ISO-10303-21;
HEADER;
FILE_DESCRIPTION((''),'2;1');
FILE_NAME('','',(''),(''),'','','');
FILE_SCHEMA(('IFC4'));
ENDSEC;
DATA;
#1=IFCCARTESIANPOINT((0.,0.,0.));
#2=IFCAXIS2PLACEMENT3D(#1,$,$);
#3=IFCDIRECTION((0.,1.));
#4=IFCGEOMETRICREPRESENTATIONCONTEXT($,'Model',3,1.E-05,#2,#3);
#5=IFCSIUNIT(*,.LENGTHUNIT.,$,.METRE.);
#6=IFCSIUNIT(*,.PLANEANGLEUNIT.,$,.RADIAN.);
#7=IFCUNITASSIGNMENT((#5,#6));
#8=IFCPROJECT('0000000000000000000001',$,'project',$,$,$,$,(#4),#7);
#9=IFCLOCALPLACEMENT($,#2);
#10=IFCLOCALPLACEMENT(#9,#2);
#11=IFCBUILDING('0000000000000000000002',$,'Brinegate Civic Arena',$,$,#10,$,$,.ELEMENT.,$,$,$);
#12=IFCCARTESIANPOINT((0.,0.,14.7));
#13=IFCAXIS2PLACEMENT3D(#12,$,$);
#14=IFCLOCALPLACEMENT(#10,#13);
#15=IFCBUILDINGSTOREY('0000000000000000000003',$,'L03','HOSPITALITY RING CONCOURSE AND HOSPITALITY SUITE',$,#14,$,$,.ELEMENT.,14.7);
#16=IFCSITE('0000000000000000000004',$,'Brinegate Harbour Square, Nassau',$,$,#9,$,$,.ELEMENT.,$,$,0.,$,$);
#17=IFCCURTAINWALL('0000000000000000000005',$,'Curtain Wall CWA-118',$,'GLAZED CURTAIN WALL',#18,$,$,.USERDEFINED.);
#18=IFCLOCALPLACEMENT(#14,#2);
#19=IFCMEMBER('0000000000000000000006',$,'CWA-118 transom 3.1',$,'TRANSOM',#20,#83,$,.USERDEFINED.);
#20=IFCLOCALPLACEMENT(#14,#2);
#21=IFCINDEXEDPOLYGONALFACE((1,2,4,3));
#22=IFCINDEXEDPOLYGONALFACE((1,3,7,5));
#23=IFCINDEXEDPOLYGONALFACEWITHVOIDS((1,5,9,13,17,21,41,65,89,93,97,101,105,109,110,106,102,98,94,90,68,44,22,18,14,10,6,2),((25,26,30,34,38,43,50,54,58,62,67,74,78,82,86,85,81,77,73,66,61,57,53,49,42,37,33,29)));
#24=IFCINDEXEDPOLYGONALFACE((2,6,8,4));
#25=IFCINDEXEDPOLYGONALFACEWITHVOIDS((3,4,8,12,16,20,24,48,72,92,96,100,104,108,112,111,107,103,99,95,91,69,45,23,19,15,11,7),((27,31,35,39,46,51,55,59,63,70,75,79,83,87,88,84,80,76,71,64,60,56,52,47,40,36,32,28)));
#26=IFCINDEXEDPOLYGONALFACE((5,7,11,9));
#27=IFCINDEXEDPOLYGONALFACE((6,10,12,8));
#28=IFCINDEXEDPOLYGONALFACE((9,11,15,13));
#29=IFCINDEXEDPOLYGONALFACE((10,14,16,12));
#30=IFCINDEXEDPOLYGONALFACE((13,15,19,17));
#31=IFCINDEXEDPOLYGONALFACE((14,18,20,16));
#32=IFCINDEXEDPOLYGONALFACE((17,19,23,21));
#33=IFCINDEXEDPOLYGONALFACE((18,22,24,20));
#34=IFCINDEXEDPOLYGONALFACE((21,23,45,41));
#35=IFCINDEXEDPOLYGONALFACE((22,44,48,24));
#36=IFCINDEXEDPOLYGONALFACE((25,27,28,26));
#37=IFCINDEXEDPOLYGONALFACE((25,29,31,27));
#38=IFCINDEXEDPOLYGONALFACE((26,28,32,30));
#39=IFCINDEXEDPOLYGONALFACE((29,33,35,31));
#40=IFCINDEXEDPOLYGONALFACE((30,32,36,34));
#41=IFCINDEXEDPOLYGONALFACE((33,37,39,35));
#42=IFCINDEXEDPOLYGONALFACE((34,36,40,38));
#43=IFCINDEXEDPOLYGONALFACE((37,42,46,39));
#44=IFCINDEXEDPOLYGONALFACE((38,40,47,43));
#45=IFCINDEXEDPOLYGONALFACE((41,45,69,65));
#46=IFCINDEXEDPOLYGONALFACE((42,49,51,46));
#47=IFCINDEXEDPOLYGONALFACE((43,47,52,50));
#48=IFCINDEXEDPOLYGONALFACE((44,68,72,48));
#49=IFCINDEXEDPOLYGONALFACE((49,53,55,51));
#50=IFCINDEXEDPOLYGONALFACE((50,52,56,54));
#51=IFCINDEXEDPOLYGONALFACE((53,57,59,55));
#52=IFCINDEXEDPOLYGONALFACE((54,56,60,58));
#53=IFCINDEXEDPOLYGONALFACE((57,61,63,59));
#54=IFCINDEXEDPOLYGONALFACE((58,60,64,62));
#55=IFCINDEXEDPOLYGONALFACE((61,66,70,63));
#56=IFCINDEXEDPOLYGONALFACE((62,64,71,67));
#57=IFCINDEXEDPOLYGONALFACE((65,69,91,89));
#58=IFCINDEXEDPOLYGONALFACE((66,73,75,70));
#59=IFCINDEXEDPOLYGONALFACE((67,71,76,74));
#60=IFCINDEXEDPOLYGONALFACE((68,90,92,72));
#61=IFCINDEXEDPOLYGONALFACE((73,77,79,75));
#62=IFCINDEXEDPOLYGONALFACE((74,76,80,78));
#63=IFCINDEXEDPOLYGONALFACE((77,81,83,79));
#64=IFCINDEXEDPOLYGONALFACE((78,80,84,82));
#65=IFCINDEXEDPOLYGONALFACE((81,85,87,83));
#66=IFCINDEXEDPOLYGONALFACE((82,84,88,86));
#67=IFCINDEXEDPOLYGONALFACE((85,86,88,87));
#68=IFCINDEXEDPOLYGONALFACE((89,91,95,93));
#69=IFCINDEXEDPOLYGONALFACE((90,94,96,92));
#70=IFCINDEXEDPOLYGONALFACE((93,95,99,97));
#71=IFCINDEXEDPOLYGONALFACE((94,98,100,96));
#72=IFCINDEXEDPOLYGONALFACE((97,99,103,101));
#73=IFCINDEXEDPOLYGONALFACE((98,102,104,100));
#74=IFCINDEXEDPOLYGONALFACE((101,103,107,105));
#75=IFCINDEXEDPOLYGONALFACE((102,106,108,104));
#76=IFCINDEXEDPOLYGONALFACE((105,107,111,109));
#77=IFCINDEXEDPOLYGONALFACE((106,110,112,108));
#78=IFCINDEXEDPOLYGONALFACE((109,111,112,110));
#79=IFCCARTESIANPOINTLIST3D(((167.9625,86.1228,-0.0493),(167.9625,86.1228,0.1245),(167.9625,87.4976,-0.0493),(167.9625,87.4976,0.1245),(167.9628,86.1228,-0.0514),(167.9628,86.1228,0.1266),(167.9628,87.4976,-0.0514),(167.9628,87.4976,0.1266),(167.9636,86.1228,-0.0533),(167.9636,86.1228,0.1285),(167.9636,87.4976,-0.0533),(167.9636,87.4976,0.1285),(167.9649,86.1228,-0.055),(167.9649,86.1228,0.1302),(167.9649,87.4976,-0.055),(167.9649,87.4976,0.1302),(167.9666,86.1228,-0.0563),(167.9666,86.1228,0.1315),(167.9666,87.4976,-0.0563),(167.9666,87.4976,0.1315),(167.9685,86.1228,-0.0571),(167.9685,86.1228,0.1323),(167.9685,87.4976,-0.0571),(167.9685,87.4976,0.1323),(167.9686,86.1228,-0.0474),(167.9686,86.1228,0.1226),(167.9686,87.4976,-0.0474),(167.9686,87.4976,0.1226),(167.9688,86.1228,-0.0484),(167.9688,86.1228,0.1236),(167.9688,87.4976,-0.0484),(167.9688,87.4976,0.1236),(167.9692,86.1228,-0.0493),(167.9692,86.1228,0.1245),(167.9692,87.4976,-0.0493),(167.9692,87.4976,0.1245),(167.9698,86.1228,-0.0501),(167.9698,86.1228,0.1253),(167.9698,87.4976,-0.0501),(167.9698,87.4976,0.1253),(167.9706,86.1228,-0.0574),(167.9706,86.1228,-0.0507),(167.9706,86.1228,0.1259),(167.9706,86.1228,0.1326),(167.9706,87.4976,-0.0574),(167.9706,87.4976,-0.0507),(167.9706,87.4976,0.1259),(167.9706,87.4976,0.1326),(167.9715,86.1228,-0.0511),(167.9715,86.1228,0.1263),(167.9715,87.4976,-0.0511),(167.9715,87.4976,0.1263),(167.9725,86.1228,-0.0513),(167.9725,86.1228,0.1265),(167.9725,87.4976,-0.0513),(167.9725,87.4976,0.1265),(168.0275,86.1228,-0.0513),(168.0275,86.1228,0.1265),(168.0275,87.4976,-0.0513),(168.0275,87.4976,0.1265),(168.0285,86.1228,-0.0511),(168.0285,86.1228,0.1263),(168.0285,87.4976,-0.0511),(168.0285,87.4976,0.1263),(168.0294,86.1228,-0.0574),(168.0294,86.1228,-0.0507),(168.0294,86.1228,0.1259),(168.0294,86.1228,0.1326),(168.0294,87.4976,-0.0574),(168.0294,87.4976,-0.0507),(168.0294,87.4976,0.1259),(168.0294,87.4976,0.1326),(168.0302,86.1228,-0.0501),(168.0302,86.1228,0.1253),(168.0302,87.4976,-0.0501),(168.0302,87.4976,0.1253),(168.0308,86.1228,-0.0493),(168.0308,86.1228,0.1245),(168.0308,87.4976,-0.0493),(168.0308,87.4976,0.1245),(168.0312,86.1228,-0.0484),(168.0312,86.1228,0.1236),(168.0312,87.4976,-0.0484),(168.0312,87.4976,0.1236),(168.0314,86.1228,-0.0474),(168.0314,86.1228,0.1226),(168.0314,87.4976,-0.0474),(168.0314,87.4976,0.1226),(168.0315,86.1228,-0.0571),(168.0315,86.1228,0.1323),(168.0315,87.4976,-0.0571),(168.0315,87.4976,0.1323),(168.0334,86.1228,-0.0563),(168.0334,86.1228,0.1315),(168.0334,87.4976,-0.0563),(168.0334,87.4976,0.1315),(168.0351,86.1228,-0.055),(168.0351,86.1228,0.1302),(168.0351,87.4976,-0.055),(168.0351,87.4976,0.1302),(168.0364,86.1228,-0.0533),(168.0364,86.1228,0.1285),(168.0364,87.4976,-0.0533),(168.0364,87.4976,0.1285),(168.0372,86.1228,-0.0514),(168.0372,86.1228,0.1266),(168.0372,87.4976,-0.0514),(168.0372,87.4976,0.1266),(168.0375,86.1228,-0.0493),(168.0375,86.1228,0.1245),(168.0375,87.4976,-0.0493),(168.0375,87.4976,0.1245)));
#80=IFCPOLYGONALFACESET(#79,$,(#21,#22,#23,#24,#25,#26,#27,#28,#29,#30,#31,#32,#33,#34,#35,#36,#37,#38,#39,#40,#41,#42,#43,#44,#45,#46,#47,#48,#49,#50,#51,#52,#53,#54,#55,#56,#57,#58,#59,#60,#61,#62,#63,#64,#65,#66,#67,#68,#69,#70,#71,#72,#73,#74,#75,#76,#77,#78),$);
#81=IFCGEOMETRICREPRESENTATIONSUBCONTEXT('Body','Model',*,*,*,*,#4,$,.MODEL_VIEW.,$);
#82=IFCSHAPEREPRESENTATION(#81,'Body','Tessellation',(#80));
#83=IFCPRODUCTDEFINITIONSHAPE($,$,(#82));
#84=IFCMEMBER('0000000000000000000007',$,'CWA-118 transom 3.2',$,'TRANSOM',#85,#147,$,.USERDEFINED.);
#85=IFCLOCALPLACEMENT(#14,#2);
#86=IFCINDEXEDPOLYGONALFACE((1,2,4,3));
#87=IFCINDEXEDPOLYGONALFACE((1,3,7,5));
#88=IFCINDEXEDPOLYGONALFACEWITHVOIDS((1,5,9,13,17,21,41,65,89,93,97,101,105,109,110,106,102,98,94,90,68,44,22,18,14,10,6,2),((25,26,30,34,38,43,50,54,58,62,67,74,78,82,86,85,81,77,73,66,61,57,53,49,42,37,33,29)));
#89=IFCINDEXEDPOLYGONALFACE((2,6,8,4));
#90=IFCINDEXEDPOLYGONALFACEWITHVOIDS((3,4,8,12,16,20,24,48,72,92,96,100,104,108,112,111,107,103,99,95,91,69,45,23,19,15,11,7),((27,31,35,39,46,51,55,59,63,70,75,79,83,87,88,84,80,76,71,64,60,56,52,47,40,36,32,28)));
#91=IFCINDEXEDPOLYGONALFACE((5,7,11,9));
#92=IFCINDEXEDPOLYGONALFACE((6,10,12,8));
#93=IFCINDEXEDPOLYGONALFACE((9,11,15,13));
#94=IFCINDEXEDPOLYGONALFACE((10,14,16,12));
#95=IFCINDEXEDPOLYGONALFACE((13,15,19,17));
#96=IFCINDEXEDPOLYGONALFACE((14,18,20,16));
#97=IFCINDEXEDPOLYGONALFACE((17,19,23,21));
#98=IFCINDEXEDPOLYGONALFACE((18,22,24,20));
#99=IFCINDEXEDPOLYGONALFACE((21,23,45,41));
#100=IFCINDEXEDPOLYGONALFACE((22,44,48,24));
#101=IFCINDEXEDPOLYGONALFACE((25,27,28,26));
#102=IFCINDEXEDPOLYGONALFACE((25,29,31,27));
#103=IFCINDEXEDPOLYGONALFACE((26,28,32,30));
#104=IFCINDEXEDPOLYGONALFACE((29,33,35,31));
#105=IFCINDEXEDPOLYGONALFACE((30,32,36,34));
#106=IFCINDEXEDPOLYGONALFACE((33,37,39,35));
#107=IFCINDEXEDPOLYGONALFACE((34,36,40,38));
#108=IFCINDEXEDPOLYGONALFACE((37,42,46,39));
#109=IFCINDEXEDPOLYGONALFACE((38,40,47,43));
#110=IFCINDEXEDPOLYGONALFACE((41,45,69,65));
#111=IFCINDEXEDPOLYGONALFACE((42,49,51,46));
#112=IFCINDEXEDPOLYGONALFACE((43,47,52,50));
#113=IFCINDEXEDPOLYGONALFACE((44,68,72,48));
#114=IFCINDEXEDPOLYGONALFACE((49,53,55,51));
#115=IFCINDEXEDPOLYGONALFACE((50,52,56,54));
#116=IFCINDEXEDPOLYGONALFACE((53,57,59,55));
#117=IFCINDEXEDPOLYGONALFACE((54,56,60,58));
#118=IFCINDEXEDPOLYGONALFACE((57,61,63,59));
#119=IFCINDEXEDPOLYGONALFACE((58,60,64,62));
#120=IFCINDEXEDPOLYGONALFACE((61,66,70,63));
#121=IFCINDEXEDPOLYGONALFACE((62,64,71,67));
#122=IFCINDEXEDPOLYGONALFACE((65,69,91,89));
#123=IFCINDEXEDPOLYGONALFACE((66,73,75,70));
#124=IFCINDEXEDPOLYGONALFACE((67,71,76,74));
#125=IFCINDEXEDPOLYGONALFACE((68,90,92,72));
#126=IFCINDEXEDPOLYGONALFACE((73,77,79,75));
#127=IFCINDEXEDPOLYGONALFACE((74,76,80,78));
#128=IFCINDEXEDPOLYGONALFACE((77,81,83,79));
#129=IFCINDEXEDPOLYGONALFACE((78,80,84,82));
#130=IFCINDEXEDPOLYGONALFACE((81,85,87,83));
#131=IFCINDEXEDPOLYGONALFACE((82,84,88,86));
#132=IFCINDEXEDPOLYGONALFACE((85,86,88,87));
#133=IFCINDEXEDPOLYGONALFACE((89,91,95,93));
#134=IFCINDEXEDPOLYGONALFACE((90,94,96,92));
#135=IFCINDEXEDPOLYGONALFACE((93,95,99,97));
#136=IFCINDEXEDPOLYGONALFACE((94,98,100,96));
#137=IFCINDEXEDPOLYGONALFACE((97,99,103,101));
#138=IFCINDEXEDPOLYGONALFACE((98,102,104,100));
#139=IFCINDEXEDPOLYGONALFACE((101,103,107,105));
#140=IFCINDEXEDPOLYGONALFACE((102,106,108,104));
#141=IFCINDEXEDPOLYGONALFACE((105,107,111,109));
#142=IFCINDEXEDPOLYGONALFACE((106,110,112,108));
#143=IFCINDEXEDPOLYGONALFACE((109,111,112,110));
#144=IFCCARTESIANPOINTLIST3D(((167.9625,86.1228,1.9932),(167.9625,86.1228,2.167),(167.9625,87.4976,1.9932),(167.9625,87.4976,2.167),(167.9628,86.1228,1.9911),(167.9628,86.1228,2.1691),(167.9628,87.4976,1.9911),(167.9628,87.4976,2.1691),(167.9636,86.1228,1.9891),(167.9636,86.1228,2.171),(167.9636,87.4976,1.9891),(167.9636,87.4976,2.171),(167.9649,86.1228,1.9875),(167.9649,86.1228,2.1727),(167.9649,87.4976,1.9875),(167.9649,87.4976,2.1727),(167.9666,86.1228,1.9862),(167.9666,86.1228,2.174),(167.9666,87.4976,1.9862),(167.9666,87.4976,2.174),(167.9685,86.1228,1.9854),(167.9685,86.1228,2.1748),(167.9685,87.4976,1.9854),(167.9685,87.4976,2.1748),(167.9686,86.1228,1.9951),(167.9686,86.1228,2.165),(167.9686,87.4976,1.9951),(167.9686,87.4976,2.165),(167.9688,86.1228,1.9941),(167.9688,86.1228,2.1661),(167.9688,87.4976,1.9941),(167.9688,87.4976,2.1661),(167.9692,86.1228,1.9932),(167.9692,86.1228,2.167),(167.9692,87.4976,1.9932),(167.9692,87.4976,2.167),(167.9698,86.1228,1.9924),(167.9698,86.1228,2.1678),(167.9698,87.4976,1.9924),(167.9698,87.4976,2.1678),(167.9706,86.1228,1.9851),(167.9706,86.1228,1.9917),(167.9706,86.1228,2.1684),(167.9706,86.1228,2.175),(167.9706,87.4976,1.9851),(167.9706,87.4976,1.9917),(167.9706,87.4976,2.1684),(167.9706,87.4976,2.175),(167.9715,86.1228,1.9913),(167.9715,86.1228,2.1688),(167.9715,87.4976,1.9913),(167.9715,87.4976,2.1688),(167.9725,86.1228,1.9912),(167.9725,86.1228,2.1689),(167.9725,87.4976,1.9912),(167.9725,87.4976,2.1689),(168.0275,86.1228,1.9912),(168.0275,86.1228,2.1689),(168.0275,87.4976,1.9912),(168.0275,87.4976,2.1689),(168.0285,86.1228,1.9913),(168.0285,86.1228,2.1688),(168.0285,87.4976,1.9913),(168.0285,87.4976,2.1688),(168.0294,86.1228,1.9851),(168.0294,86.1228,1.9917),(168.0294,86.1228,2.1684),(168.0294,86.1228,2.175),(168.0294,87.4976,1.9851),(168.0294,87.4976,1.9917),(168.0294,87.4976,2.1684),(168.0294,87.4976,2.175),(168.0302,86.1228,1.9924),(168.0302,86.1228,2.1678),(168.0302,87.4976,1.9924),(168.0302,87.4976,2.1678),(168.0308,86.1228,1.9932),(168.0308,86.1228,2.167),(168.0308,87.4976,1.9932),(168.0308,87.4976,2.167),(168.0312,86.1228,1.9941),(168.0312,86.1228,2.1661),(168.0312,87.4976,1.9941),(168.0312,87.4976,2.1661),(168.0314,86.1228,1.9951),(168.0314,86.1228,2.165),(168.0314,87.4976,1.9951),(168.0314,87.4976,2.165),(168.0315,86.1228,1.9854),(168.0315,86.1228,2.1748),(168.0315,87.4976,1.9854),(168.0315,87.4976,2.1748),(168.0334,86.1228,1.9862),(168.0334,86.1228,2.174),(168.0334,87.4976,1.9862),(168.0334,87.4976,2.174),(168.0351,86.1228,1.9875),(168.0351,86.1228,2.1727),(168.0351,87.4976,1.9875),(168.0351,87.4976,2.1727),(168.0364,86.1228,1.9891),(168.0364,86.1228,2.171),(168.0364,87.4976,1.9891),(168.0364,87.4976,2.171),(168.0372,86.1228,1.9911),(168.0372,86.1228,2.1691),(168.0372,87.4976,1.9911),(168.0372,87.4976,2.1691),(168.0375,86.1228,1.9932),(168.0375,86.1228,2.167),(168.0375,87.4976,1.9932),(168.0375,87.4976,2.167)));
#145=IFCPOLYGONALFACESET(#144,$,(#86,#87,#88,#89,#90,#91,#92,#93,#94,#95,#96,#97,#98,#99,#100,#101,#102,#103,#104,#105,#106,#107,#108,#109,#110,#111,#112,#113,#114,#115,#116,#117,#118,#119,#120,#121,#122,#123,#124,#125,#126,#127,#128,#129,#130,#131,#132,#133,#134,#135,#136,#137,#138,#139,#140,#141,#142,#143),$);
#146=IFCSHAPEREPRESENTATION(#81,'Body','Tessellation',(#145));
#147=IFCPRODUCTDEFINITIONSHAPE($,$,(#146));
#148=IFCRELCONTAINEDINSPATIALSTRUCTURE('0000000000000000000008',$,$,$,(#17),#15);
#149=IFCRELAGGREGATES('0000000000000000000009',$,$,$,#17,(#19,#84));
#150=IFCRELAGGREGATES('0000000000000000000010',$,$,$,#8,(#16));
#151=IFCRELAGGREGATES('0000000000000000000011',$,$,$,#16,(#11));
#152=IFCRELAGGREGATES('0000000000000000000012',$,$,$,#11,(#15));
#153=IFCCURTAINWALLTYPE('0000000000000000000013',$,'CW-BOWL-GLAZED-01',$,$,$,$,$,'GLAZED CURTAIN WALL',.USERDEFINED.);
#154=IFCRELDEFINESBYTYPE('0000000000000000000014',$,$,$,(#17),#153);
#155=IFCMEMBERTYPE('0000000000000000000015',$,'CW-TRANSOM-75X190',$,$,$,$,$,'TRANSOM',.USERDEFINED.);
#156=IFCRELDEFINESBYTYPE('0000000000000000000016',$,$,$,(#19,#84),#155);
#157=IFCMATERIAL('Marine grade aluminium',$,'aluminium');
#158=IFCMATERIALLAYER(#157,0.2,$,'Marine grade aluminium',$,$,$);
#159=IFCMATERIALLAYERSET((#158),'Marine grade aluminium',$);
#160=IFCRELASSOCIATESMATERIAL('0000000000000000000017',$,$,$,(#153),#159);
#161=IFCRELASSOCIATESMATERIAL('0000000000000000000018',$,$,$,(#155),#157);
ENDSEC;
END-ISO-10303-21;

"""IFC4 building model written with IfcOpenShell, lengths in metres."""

from ifc_helpers import new_model, si_unit, direction, frame, origin, origin_2d, place, context, subcontext, project, spatial, hollow_rectangle, extrude, material, layer, layer_set, material_profile, profile_set, type_object, element, aggregate, save


model = new_model("IFC4")

# Units and contexts
model_context = context("Model", 3, precision=1e-05, world=origin(), true_north=direction((0.0, 1.0)))
body_context = subcontext(model_context, "Body", "Model", "MODEL_VIEW")
ifc_project = project(units=[si_unit("LENGTHUNIT", "METRE"), si_unit("PLANEANGLEUNIT", "RADIAN")], contexts=[model_context])

# Site, building, storey
site_placement = place(None, origin())
site = spatial("IfcSite", under=ifc_project, at=site_placement, Name="Brinegate Harbour Square, Nassau", CompositionType="ELEMENT", RefElevation=0.0)
building_placement = place(site_placement, origin())
building = spatial("IfcBuilding", under=site, at=building_placement, Name="Brinegate Civic Arena", CompositionType="ELEMENT")
storey_placement = place(building_placement, frame((0.0, 0.0, 14.7)))
storey = spatial("IfcBuildingStorey", under=building, at=storey_placement, Name="L03", Description="HOSPITALITY RING CONCOURSE AND HOSPITALITY SUITE", CompositionType="ELEMENT", Elevation=14.7)

# Curtain wall, members
ifc_material_1 = material(Name="Marine grade aluminium", Category="aluminium")
ifc_layer_1 = layer(ifc_material_1, 0.2, Name="Marine grade aluminium")
ifc_layer_set_1 = layer_set([ifc_layer_1], Name="Marine grade aluminium")
curtain_wall_type = type_object("IfcCurtainWallType", Name="CW-BOWL-GLAZED-01", ElementType="GLAZED CURTAIN WALL", PredefinedType="USERDEFINED", material=ifc_layer_set_1)
curtain_wall_placement = place(storey_placement, origin())
curtain_wall = element("IfcCurtainWall", 1, at=curtain_wall_placement, inside=storey, type_object=curtain_wall_type, Name="Curtain Wall CWA-118", ObjectType="GLAZED CURTAIN WALL", PredefinedType="USERDEFINED")
ifc_material_profile_1 = material_profile(ifc_material_1, hollow_rectangle(XDim=0.075, YDim=0.1899, WallThickness=0.0061, InnerFilletRadius=0.0039, OuterFilletRadius=0.0081, at=origin_2d()), Name="TRN75X190")
ifc_profile_set_1 = profile_set([ifc_material_profile_1], Name="Marine grade aluminium")
member_type_1 = type_object("IfcMemberType", Name="CW-TRANSOM-75X190", ElementType="TRANSOM", PredefinedType="USERDEFINED", material=ifc_profile_set_1)
member_1_placement = place(storey_placement, frame((168.0, 86.1228, 0.0376), z_axis=(0.0, 1.0, 0.0), x_axis=(-1.0, 0.0, 0.0)))
member_1 = element("IfcMember", 2, at=member_1_placement, type_object=member_type_1, Name="CWA-118 transom 3.1", ObjectType="TRANSOM", PredefinedType="USERDEFINED", context=body_context, shape_type="SweptSolid", body=[
    extrude(hollow_rectangle(XDim=0.075, YDim=0.1899, WallThickness=0.0061, InnerFilletRadius=0.0039, OuterFilletRadius=0.0081, at=origin_2d()), origin(), (0.0, 0.0, 1.0), 1.3748),
])
member_2_placement = place(storey_placement, frame((168.0, 86.1228, 2.0801), z_axis=(0.0, 1.0, 0.0), x_axis=(-1.0, 0.0, 0.0)))
member_2 = element("IfcMember", 3, at=member_2_placement, type_object=member_type_1, Name="CWA-118 transom 3.2", ObjectType="TRANSOM", PredefinedType="USERDEFINED", context=body_context, shape_type="SweptSolid", body=[
    extrude(hollow_rectangle(XDim=0.075, YDim=0.1899, WallThickness=0.0061, InnerFilletRadius=0.0039, OuterFilletRadius=0.0081, at=origin_2d()), origin(), (0.0, 0.0, 1.0), 1.3748),
])

aggregate(curtain_wall, [member_1, member_2])

save(model, "model.ifc")
